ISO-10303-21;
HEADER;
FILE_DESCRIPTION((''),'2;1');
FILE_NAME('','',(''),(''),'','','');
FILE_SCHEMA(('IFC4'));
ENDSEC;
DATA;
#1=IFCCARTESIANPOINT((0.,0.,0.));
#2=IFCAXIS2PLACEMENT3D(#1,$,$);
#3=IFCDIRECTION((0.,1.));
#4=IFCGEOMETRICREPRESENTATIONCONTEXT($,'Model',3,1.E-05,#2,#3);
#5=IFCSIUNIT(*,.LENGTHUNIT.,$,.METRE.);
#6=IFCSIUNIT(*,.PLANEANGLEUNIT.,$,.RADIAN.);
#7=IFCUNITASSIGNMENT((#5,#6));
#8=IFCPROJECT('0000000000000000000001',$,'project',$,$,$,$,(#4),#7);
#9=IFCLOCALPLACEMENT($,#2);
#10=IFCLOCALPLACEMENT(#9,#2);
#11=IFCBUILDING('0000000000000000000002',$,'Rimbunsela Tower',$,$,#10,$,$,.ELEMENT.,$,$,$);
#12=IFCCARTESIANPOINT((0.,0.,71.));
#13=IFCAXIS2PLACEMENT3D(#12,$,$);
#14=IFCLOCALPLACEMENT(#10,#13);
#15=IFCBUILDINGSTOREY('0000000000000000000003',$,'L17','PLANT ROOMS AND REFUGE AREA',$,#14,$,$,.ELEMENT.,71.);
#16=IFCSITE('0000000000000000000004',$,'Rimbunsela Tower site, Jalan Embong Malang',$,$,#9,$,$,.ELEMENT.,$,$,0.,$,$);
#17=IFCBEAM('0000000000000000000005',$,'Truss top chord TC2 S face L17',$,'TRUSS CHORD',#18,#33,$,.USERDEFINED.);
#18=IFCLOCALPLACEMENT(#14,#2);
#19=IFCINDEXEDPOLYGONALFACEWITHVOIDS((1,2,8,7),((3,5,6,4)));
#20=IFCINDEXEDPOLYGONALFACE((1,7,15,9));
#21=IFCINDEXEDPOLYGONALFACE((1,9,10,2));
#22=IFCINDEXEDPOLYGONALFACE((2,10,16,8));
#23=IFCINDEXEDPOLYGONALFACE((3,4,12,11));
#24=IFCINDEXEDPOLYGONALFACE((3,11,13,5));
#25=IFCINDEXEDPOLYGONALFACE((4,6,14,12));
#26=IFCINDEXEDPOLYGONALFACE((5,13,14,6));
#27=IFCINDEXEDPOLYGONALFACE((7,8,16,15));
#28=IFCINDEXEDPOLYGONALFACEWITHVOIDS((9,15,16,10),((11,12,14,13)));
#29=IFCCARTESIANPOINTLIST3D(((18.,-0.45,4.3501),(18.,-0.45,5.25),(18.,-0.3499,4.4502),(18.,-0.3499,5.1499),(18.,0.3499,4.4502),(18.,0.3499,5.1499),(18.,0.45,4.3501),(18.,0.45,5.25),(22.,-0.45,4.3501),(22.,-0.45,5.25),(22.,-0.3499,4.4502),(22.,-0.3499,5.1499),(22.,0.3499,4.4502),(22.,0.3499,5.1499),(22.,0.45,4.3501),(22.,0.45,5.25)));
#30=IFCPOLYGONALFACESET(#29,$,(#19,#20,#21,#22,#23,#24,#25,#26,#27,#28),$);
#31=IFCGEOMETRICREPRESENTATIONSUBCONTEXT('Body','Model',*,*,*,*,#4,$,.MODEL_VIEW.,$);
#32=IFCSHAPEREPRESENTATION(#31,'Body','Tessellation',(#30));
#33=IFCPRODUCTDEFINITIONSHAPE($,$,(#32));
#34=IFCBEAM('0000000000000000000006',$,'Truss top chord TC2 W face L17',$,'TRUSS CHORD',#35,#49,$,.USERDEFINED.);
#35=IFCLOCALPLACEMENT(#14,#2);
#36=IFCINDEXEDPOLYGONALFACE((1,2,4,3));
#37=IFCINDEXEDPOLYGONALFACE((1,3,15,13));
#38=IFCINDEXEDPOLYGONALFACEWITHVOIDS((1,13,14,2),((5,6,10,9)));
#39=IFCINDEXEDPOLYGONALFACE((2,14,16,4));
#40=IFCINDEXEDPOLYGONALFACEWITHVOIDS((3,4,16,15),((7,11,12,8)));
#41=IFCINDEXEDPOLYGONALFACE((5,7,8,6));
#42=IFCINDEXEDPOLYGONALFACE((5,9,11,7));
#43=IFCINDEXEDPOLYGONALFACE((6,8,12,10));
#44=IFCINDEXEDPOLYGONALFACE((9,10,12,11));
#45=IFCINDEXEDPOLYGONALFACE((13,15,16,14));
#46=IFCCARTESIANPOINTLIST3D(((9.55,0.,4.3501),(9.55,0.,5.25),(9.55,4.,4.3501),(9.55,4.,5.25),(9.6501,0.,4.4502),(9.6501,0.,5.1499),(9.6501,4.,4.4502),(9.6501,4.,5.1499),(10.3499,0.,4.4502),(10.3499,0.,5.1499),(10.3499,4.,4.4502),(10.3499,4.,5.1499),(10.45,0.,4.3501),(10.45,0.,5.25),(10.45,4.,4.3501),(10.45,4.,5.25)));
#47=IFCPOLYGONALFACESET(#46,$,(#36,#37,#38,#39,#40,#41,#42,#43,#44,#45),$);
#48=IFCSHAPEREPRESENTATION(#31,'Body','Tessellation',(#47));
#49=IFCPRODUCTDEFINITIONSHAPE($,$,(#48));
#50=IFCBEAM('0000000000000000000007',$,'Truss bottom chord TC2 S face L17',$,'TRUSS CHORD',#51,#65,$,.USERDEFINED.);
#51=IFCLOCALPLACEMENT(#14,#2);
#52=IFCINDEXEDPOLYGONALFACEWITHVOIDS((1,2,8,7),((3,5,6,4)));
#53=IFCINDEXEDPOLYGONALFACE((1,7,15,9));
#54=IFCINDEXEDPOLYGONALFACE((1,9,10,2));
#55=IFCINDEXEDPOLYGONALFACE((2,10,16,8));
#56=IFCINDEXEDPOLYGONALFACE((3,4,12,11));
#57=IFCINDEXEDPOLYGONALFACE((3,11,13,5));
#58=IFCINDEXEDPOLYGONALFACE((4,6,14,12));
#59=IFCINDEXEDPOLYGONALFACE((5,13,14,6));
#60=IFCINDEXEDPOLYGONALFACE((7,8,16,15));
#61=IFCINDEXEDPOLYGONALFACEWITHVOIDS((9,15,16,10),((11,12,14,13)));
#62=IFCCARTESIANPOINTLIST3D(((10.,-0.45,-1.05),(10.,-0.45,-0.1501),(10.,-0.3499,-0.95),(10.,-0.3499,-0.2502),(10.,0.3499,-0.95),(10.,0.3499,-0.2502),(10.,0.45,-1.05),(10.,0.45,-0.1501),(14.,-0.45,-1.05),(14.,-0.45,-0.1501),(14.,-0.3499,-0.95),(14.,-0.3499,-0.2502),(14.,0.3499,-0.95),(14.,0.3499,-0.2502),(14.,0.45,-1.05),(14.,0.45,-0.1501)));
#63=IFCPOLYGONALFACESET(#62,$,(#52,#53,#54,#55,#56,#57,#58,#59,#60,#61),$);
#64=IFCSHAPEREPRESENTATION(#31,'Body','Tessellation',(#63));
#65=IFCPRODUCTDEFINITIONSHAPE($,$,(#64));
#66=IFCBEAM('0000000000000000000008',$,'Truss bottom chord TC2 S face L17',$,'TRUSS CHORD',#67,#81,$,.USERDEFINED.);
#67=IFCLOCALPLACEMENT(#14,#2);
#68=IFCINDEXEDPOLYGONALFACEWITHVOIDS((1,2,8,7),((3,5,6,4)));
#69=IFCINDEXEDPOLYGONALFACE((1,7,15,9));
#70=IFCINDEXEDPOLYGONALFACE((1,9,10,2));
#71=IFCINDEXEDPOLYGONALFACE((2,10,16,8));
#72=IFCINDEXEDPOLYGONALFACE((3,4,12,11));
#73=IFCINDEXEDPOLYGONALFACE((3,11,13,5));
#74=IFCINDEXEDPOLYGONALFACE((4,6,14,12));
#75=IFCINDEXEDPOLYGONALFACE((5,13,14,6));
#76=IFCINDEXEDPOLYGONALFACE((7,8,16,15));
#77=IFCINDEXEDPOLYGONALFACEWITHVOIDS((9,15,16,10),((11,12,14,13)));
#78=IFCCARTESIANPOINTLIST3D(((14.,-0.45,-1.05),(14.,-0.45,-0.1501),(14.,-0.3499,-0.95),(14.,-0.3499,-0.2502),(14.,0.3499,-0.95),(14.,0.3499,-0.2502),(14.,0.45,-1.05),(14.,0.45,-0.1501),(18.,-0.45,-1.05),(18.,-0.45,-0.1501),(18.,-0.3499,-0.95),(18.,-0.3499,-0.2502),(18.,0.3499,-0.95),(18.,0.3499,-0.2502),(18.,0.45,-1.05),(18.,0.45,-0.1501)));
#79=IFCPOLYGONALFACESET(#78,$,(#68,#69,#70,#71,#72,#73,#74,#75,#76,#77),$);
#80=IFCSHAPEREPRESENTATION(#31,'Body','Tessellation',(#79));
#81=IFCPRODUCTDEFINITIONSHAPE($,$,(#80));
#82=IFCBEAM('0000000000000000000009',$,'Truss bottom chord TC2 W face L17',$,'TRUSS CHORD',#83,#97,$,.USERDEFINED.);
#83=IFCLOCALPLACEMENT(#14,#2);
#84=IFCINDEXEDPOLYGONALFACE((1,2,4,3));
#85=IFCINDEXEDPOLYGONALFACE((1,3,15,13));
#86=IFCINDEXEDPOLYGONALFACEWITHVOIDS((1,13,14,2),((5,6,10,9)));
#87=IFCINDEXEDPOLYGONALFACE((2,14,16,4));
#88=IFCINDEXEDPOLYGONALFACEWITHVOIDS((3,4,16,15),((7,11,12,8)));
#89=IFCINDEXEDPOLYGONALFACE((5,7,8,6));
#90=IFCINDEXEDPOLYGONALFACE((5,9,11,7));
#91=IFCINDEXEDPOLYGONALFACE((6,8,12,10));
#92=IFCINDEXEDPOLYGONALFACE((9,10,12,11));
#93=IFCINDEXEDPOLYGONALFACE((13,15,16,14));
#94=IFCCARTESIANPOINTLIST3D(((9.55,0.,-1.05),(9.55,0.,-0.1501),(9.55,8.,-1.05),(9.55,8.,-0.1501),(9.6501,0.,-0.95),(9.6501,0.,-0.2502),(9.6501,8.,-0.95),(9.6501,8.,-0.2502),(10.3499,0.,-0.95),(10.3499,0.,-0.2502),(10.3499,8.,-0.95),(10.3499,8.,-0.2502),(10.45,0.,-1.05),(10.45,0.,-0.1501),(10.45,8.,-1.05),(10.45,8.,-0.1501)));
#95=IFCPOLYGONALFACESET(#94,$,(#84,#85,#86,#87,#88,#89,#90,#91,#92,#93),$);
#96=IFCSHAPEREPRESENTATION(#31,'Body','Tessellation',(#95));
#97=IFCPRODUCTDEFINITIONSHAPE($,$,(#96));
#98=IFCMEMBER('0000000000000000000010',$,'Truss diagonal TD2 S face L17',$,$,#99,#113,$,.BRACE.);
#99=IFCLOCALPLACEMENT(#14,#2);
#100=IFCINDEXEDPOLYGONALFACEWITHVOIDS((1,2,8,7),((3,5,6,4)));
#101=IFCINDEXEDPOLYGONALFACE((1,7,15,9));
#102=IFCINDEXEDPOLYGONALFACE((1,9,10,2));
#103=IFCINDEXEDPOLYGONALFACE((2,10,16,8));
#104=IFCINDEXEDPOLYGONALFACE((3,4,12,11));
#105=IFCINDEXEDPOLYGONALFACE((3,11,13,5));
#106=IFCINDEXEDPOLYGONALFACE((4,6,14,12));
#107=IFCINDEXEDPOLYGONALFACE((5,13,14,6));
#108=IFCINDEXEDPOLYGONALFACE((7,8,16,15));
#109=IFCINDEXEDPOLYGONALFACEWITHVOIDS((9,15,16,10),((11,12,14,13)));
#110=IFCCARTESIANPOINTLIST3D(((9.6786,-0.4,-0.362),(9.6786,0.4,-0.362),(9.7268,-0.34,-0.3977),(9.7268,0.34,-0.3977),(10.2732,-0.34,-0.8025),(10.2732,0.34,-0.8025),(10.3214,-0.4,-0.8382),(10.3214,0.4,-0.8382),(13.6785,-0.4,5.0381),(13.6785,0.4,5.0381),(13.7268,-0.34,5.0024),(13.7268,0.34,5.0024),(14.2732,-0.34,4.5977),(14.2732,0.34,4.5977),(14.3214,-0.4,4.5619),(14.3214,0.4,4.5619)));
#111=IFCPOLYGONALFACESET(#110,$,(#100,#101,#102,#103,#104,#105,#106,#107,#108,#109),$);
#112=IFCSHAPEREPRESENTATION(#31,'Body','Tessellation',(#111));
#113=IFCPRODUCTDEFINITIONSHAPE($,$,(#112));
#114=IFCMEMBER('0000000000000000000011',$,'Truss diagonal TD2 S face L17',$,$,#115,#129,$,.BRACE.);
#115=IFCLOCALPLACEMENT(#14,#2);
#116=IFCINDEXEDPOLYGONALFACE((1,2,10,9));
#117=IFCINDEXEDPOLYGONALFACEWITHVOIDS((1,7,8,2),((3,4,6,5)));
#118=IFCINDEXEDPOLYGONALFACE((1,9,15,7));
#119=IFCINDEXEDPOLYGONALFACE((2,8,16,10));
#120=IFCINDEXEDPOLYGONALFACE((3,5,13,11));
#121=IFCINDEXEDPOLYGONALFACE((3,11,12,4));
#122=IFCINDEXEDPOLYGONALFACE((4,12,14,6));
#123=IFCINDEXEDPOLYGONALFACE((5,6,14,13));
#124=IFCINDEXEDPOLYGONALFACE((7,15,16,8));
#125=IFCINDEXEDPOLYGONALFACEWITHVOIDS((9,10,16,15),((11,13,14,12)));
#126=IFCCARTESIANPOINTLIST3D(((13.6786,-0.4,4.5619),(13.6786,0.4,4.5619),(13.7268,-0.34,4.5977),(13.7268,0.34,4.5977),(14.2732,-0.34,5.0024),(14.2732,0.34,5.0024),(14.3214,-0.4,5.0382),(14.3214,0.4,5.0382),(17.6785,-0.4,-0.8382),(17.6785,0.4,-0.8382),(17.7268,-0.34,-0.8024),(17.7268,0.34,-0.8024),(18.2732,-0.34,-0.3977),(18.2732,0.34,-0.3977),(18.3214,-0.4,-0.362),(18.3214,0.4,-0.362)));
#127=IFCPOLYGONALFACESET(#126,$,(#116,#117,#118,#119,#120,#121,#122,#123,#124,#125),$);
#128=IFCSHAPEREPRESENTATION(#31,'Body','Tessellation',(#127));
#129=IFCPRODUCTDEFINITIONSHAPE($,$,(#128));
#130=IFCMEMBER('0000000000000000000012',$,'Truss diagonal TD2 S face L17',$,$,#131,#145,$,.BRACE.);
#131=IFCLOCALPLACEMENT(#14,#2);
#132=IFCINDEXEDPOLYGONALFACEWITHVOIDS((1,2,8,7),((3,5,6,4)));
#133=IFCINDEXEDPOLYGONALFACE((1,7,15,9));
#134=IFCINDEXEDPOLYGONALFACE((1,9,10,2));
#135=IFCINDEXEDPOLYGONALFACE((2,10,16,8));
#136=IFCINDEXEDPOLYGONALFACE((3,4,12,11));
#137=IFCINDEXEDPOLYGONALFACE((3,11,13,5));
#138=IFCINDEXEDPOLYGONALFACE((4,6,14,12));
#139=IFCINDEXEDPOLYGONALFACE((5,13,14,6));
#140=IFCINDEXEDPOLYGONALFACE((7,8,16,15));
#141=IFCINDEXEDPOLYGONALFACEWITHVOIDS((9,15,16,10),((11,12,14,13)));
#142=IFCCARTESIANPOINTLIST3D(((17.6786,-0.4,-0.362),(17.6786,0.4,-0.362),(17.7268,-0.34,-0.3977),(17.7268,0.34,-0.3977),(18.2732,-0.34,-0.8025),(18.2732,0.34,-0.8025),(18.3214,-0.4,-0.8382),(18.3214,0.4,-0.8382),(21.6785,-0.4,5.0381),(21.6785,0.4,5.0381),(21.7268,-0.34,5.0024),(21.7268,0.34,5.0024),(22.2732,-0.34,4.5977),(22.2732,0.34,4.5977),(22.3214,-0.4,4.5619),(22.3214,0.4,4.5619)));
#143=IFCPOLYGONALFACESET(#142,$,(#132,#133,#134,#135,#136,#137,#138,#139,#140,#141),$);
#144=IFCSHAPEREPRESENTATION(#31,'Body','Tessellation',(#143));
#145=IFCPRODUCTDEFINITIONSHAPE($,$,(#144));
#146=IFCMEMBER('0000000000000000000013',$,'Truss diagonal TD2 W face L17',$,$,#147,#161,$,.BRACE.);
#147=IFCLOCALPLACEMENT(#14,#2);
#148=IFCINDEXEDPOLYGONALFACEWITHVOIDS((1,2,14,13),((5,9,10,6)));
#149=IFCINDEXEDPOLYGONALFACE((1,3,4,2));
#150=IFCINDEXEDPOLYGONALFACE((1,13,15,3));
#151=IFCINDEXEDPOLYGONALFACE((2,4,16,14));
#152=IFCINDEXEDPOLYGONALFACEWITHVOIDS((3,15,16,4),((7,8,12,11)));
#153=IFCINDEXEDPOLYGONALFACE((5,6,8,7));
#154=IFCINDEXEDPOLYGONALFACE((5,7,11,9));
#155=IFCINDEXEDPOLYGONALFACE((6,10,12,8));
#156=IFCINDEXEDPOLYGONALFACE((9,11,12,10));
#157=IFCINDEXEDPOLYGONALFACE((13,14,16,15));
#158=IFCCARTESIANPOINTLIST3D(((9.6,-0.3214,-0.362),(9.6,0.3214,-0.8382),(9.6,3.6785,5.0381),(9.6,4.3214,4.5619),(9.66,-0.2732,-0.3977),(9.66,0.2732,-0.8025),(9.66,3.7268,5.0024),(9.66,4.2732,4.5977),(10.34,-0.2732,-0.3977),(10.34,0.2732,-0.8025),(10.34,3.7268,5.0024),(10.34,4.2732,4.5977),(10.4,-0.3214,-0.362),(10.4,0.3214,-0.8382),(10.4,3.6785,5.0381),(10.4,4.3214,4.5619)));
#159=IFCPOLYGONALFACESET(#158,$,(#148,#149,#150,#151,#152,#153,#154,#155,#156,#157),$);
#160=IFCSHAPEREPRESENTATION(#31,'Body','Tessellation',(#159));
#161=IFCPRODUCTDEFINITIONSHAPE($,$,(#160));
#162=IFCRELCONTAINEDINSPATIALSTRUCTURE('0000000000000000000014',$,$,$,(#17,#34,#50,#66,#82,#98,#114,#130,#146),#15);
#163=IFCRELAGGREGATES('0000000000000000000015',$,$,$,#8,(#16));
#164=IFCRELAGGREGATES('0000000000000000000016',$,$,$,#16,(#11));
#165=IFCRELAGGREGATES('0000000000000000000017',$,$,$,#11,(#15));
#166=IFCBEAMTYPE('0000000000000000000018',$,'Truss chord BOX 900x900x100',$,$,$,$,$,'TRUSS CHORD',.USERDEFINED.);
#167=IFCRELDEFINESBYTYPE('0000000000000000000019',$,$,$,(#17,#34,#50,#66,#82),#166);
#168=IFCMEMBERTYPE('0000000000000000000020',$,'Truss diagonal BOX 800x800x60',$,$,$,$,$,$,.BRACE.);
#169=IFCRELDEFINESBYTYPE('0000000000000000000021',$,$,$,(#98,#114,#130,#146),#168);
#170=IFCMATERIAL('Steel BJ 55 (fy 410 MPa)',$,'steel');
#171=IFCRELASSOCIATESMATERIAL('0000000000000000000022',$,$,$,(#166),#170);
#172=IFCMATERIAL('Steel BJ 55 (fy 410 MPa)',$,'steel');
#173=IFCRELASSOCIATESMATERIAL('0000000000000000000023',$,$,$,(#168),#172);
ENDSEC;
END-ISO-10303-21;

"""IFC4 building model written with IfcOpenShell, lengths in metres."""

from ifc_helpers import new_model, si_unit, direction, frame, origin, origin_2d, place, context, subcontext, project, spatial, hollow_rectangle, extrude, material, material_profile, profile_set, type_object, element, save


model = new_model("IFC4")

# Units and contexts
model_context = context("Model", 3, precision=1e-05, world=origin(), true_north=direction((0.0, 1.0)))
body_context = subcontext(model_context, "Body", "Model", "MODEL_VIEW")
ifc_project = project(units=[si_unit("LENGTHUNIT", "METRE"), si_unit("PLANEANGLEUNIT", "RADIAN")], contexts=[model_context])

# Site, building, storey
site_placement = place(None, origin())
site = spatial("IfcSite", under=ifc_project, at=site_placement, Name="Rimbunsela Tower site, Jalan Embong Malang", CompositionType="ELEMENT", RefElevation=0.0)
building_placement = place(site_placement, origin())
building = spatial("IfcBuilding", under=site, at=building_placement, Name="Rimbunsela Tower", CompositionType="ELEMENT")
storey_placement = place(building_placement, frame((0.0, 0.0, 71.0)))
storey = spatial("IfcBuildingStorey", under=building, at=storey_placement, Name="L17", Description="PLANT ROOMS AND REFUGE AREA", CompositionType="ELEMENT", Elevation=71.0)

# Beams
ifc_material_1 = material(Name="Steel BJ 55 (fy 410 MPa)", Category="steel")
ifc_material_profile_1 = material_profile(ifc_material_1, hollow_rectangle(XDim=0.8999, YDim=0.8999, WallThickness=0.1001, at=origin_2d()), Name="BOX 900x900x100")
ifc_profile_set_1 = profile_set([ifc_material_profile_1], Name="Steel BJ 55 (fy 410 MPa)")
beam_type_1 = type_object("IfcBeamType", Name="Truss chord BOX 900x900x100", ElementType="TRUSS CHORD", PredefinedType="USERDEFINED", material=ifc_profile_set_1)
for number, where, z_axis, x_axis, name in (
    (1, (18.0, 0.0, 4.8), (1.0, 0.0, 0.0), (0.0, 1.0, 0.0), "Truss top chord TC2 S face L17"),
    (2, (10.0, 0.0, 4.8), (0.0, 1.0, 0.0), (-1.0, 0.0, 0.0), "Truss top chord TC2 W face L17"),
    (3, (10.0, 0.0, -0.6001), (1.0, 0.0, 0.0), (0.0, 1.0, 0.0), "Truss bottom chord TC2 S face L17"),
    (4, (14.0, 0.0, -0.6001), (1.0, 0.0, 0.0), (0.0, 1.0, 0.0), "Truss bottom chord TC2 S face L17"),
):
    element("IfcBeam", number, at=place(storey_placement, frame(where, z_axis=z_axis, x_axis=x_axis)), inside=storey, type_object=beam_type_1, Name=name, ObjectType="TRUSS CHORD", PredefinedType="USERDEFINED", context=body_context, shape_type="SweptSolid", body=[
        extrude(hollow_rectangle(XDim=0.8999, YDim=0.8999, WallThickness=0.1001, at=origin_2d()), origin(), (0.0, 0.0, 1.0), 4.0),
    ])
beam_1_placement = place(storey_placement, frame((10.0, 0.0, -0.6001), z_axis=(0.0, 1.0, 0.0), x_axis=(-1.0, 0.0, 0.0)))
element("IfcBeam", 5, at=beam_1_placement, inside=storey, type_object=beam_type_1, Name="Truss bottom chord TC2 W face L17", ObjectType="TRUSS CHORD", PredefinedType="USERDEFINED", context=body_context, shape_type="SweptSolid", body=[
    extrude(hollow_rectangle(XDim=0.8999, YDim=0.8999, WallThickness=0.1001, at=origin_2d()), origin(), (0.0, 0.0, 1.0), 8.0),
])

# Members
ifc_material_2 = material(Name="Steel BJ 55 (fy 410 MPa)", Category="steel")
ifc_material_profile_2 = material_profile(ifc_material_2, hollow_rectangle(XDim=0.8, YDim=0.8, WallThickness=0.0601, at=origin_2d()), Name="BOX 800x800x60")
ifc_profile_set_2 = profile_set([ifc_material_profile_2], Name="Steel BJ 55 (fy 410 MPa)")
member_type_1 = type_object("IfcMemberType", Name="Truss diagonal BOX 800x800x60", PredefinedType="BRACE", material=ifc_profile_set_2)
for number, where, z_axis, x_axis, name in (
    (6, (10.0, 0.0, -0.6001), (0.595217, 0.0, 0.803565), (0.0, 1.0, 0.0), "Truss diagonal TD2 S face L17"),
    (7, (14.0, 0.0, 4.8), (0.595217, 0.0, -0.803565), (0.0, 1.0, 0.0), "Truss diagonal TD2 S face L17"),
    (8, (18.0, 0.0, -0.6001), (0.595217, 0.0, 0.803565), (0.0, 1.0, 0.0), "Truss diagonal TD2 S face L17"),
    (9, (10.0, 0.0, -0.6001), (0.0, 0.595217, 0.803565), (-1.0, 0.0, 0.0), "Truss diagonal TD2 W face L17"),
):
    element("IfcMember", number, at=place(storey_placement, frame(where, z_axis=z_axis, x_axis=x_axis)), inside=storey, type_object=member_type_1, Name=name, PredefinedType="BRACE", context=body_context, shape_type="SweptSolid", body=[
        extrude(hollow_rectangle(XDim=0.8, YDim=0.8, WallThickness=0.0601, at=origin_2d()), origin(), (0.0, 0.0, 1.0), 6.7202),
    ])

save(model, "model.ifc")
